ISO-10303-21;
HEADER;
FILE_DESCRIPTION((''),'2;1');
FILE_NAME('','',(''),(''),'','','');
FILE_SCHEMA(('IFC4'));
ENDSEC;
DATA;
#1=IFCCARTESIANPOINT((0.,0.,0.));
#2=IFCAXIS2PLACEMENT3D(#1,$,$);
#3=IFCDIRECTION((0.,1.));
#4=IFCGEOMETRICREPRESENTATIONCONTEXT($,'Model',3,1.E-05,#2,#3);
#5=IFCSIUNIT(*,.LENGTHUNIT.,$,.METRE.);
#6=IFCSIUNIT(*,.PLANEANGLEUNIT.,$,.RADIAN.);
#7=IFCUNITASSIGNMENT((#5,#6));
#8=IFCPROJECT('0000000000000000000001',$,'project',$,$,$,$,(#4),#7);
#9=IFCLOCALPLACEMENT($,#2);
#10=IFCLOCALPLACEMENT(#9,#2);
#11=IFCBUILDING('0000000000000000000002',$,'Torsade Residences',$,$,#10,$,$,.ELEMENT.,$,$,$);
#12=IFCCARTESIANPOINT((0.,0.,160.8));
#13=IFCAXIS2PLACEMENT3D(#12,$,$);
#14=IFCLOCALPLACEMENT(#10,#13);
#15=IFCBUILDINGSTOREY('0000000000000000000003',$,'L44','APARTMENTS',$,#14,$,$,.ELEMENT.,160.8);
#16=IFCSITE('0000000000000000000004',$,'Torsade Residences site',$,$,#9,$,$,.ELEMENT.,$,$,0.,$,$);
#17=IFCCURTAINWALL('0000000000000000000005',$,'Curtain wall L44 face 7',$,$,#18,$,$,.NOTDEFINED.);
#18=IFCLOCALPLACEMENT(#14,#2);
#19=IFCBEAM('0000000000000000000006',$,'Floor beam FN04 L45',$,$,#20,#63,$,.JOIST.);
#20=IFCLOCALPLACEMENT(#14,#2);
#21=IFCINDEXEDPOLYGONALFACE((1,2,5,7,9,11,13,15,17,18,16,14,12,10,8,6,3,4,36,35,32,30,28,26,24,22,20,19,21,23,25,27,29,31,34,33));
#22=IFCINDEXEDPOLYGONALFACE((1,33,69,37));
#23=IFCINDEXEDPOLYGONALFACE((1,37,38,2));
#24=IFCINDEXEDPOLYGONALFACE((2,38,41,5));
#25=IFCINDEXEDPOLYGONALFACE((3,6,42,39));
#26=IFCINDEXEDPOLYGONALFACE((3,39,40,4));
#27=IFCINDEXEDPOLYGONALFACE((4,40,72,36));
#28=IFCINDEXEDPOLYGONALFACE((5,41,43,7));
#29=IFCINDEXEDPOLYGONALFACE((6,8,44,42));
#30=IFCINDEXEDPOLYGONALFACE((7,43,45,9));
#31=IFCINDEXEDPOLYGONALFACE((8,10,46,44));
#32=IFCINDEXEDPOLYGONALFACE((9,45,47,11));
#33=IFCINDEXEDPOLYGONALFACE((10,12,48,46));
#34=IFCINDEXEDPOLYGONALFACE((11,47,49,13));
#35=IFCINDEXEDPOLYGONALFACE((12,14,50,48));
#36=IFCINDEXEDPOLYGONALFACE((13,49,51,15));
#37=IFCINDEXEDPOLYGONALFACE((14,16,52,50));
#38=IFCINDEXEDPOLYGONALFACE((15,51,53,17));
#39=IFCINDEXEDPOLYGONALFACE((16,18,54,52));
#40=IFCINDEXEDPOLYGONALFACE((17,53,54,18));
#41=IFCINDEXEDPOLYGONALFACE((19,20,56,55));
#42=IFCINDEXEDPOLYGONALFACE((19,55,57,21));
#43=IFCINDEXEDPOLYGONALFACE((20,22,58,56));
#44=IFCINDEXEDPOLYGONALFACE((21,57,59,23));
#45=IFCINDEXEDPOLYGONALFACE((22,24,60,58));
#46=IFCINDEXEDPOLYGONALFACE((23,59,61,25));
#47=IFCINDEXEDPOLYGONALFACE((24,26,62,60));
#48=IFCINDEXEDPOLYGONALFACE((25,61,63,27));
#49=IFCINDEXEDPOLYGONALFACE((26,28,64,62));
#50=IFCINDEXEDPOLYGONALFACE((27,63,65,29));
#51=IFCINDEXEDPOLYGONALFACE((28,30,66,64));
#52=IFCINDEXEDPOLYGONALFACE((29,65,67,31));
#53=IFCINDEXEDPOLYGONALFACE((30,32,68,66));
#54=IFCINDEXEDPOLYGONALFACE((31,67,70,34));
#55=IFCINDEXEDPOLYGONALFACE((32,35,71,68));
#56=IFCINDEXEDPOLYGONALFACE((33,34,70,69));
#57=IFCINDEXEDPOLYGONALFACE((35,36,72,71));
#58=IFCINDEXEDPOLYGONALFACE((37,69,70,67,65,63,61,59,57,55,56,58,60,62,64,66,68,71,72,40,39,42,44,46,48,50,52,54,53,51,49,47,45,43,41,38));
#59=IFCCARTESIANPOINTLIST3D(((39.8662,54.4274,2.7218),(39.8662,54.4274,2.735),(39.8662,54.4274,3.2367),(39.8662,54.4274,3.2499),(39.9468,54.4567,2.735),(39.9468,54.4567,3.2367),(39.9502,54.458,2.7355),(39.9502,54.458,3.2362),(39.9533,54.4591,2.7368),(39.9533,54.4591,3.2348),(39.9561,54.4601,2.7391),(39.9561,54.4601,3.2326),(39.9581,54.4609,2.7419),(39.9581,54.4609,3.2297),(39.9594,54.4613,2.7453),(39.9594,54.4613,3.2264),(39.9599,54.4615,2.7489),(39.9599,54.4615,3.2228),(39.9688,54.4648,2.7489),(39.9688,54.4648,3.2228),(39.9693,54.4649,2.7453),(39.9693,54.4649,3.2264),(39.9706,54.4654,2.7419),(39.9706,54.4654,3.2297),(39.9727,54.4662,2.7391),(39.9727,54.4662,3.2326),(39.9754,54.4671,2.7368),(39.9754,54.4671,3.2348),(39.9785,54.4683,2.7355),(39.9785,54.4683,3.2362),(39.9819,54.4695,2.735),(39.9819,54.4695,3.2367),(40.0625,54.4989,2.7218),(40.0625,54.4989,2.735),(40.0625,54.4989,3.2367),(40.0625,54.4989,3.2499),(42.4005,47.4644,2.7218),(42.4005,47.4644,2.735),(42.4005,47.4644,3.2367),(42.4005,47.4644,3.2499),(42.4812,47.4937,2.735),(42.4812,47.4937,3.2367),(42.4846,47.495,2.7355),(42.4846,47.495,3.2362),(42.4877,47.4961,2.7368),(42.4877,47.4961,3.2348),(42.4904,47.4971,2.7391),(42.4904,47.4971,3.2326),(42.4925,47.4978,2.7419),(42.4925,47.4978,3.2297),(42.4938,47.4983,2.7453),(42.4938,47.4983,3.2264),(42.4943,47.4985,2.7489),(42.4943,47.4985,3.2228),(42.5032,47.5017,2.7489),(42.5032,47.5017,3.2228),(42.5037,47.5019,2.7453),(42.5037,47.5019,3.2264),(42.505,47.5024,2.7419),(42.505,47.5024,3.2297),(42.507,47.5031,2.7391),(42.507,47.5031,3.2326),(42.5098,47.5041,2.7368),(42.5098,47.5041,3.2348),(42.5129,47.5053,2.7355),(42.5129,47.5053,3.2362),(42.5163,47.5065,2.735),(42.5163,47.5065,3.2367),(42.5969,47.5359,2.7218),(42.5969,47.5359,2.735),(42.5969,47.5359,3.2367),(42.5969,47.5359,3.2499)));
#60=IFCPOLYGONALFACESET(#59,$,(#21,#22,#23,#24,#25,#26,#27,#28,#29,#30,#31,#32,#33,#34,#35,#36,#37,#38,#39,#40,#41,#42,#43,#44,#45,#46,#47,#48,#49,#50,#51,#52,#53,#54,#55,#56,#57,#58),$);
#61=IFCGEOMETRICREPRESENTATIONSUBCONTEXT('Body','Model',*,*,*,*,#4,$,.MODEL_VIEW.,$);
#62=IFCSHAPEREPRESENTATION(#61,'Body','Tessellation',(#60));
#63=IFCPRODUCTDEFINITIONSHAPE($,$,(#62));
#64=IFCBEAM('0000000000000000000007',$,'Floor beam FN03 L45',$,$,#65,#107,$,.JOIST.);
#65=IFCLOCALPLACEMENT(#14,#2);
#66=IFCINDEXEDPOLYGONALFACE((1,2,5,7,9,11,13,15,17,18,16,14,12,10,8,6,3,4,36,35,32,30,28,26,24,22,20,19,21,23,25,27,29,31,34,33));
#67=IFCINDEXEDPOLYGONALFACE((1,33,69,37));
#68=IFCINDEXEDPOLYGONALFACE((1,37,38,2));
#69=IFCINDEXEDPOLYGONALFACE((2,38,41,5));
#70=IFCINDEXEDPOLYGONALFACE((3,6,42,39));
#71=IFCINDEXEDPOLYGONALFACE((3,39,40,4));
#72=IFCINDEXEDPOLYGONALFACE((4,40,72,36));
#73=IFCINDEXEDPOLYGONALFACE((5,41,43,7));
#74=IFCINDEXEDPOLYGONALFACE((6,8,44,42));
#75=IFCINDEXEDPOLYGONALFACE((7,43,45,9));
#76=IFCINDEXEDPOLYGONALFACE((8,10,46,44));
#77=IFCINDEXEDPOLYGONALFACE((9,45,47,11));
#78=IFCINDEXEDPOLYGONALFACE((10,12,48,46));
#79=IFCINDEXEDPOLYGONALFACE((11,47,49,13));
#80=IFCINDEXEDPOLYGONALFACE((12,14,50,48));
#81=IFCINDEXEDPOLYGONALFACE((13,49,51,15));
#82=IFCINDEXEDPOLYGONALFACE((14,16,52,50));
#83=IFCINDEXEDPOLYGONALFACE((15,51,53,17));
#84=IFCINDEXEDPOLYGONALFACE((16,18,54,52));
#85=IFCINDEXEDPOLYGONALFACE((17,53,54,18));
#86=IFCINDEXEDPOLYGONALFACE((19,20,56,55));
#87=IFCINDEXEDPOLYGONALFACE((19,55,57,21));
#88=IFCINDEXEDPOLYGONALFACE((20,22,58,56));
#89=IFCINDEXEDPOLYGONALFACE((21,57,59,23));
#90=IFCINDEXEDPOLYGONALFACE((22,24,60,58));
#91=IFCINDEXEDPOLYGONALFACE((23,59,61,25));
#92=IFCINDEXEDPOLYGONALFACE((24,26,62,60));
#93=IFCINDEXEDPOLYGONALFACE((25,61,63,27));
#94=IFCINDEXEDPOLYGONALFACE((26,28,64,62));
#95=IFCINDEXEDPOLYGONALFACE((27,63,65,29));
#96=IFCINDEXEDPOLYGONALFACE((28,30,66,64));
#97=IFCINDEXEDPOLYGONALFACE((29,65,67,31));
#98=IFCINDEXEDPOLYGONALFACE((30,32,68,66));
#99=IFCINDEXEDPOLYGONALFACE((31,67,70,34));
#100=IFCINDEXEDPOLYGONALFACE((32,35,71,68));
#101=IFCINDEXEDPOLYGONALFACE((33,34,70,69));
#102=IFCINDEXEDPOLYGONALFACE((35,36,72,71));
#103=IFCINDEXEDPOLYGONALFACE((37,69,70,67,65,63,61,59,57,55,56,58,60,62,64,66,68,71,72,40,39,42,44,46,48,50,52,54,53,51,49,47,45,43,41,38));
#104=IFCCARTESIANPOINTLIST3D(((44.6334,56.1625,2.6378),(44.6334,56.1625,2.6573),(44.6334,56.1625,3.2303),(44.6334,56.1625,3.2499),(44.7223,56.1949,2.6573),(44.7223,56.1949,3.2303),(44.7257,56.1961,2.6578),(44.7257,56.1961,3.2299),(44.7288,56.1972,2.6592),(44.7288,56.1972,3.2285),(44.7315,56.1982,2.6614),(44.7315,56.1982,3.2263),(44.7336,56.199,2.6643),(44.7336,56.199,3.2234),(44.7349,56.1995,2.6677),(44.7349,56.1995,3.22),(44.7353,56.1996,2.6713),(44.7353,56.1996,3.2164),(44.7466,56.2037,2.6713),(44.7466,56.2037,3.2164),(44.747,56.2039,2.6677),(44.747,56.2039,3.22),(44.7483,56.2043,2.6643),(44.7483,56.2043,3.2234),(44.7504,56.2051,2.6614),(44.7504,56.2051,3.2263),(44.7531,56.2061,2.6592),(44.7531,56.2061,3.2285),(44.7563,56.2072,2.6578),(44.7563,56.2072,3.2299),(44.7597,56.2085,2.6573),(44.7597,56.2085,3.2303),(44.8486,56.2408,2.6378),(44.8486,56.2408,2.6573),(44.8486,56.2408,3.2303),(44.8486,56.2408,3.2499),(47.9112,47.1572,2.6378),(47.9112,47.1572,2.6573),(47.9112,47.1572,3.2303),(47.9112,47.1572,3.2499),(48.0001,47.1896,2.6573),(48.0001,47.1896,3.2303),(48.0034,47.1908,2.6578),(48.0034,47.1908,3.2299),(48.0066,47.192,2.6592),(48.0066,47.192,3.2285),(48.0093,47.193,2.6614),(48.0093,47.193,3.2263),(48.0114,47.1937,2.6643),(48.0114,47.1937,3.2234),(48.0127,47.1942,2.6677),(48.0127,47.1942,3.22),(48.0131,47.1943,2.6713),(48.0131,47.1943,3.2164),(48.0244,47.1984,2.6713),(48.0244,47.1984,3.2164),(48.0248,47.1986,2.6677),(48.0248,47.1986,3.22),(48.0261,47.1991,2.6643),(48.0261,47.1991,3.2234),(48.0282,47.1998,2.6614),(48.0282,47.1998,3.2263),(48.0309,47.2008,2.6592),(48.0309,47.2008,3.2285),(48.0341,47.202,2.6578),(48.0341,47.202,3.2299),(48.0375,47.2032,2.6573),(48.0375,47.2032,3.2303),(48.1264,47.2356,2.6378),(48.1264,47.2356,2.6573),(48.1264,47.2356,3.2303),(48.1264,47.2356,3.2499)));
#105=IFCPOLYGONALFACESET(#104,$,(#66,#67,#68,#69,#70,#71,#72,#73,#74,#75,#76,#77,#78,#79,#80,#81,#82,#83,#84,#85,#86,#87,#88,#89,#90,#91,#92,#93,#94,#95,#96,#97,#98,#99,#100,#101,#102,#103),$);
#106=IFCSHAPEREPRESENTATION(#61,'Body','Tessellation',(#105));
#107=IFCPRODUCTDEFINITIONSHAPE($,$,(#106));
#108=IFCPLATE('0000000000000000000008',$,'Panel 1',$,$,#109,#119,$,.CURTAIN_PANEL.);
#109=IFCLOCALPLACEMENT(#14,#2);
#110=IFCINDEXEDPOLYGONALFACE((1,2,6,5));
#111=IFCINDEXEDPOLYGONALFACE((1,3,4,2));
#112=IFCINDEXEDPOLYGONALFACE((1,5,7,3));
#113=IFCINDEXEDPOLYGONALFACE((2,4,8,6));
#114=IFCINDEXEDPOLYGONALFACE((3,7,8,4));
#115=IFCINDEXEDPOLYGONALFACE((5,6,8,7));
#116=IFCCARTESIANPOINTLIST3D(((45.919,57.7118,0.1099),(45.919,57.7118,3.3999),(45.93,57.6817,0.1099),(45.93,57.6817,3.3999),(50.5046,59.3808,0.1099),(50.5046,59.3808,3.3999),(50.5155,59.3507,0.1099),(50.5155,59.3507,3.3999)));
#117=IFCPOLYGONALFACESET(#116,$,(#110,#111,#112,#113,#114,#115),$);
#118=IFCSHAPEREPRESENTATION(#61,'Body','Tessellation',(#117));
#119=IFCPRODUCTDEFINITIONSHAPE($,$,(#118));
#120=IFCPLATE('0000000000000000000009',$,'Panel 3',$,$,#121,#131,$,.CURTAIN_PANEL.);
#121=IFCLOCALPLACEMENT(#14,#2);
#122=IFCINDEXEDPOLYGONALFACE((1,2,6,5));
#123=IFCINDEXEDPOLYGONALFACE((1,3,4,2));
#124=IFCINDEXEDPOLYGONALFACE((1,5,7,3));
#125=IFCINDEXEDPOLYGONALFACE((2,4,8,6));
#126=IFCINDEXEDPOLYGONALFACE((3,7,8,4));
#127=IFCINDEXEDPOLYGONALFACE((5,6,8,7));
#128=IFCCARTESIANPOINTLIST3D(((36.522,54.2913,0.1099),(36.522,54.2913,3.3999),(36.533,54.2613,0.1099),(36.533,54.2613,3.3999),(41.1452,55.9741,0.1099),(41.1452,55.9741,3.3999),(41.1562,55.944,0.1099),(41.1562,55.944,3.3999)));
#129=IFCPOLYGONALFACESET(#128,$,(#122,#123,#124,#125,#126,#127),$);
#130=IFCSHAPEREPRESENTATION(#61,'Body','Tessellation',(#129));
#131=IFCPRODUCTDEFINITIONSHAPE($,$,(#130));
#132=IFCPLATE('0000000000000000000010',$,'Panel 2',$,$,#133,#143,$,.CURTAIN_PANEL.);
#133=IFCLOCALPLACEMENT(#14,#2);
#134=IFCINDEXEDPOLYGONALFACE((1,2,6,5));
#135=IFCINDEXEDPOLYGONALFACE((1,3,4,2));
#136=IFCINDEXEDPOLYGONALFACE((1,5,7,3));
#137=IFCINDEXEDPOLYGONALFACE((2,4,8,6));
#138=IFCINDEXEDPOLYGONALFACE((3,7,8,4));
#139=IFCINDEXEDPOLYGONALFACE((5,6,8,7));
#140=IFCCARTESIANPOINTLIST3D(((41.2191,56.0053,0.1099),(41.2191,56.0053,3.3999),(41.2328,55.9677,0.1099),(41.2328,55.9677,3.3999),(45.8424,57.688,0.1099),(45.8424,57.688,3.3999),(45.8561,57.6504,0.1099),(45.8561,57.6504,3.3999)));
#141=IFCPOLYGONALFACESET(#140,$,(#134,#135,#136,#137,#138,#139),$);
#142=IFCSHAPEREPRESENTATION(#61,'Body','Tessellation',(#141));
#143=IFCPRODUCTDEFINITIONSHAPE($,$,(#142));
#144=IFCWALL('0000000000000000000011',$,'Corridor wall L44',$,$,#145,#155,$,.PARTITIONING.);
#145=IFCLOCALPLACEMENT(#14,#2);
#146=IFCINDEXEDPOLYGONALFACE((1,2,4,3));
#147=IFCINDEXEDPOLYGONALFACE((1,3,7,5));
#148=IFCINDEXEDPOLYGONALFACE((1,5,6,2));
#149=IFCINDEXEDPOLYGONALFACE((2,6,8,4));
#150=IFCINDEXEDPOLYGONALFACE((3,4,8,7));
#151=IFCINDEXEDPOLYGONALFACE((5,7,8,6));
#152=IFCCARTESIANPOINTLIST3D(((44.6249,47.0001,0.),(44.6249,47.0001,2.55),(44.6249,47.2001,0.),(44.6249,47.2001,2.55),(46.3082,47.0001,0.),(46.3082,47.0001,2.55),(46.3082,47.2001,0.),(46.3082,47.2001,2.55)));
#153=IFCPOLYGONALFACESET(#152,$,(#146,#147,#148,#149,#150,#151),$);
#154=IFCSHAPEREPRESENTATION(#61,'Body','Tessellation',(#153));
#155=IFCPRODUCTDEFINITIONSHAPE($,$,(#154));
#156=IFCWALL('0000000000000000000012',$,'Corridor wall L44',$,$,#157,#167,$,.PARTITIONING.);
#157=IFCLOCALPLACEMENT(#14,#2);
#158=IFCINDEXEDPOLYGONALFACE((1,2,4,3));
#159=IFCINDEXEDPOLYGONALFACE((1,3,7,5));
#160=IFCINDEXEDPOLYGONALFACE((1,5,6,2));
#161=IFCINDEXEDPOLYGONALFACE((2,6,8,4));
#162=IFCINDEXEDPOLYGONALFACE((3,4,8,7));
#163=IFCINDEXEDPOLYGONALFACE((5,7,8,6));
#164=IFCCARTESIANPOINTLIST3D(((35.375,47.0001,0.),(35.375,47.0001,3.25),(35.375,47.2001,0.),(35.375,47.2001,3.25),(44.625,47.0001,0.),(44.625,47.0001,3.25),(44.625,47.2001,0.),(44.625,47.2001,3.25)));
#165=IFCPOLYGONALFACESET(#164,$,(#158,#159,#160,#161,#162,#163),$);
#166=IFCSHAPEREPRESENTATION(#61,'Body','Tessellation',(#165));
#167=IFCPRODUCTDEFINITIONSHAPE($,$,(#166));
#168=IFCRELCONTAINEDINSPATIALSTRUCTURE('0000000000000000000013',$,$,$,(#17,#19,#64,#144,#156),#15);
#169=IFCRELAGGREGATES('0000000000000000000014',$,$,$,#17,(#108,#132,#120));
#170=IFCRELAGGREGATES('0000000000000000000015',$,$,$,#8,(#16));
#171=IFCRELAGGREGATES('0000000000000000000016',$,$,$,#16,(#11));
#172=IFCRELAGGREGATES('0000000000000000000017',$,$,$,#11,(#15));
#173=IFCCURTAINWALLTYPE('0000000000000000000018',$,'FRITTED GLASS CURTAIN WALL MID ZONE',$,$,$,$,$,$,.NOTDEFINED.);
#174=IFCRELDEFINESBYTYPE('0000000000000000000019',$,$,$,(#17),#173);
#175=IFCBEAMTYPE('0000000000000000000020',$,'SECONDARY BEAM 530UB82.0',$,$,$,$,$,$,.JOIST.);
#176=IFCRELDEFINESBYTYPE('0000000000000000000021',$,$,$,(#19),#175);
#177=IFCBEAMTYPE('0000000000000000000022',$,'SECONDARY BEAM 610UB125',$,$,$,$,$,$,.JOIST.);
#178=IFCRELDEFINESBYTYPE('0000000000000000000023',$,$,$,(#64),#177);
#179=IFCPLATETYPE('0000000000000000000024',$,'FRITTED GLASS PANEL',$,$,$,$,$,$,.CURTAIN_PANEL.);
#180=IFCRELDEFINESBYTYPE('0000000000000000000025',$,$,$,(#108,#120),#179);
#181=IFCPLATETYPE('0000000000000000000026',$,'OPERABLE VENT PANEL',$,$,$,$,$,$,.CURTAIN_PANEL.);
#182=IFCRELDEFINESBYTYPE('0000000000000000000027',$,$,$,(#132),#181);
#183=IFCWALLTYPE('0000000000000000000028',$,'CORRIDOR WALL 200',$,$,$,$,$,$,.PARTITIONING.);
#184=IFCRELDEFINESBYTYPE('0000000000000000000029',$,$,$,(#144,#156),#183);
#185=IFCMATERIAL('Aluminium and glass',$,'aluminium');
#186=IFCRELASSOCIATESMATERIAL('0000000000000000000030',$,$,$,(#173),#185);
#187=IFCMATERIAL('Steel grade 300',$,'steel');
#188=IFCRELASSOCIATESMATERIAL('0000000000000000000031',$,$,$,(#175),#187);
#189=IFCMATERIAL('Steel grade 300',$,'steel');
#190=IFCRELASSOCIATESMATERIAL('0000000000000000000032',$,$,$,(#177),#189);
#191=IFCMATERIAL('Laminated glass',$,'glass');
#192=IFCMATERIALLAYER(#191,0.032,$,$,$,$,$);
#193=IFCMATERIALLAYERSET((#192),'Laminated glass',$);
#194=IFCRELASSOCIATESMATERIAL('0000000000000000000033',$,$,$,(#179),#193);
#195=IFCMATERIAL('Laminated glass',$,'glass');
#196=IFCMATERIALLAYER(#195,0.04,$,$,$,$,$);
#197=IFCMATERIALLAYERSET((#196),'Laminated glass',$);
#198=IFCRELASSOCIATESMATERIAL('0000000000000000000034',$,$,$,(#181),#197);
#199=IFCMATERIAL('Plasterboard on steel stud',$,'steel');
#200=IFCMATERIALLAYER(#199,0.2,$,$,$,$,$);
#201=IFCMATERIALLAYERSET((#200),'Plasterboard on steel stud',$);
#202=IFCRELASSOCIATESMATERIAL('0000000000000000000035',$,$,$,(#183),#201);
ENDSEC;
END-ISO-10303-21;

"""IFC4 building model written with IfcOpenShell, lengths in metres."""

from ifc_helpers import new_model, si_unit, direction, frame, frame_2d, origin, origin_2d, place, context, subcontext, project, spatial, rectangle, i_section, extrude, material, layer, layer_set, material_profile, profile_set, type_object, element, aggregate, save


model = new_model("IFC4")

# Units and contexts
model_context = context("Model", 3, precision=1e-05, world=origin(), true_north=direction((0.0, 1.0)))
body_context = subcontext(model_context, "Body", "Model", "MODEL_VIEW")
ifc_project = project(units=[si_unit("LENGTHUNIT", "METRE"), si_unit("PLANEANGLEUNIT", "RADIAN")], contexts=[model_context])

# Site, building, storey
site_placement = place(None, origin())
site = spatial("IfcSite", under=ifc_project, at=site_placement, Name="Torsade Residences site", CompositionType="ELEMENT", RefElevation=0.0)
building_placement = place(site_placement, origin())
building = spatial("IfcBuilding", under=site, at=building_placement, Name="Torsade Residences", CompositionType="ELEMENT")
storey_placement = place(building_placement, frame((0.0, 0.0, 160.8)))
storey = spatial("IfcBuildingStorey", under=building, at=storey_placement, Name="L44", Description="APARTMENTS", CompositionType="ELEMENT", Elevation=160.8)

# Curtain wall
ifc_material_1 = material(Name="Aluminium and glass", Category="aluminium")
curtain_wall_type = type_object("IfcCurtainWallType", Name="FRITTED GLASS CURTAIN WALL MID ZONE", PredefinedType="NOTDEFINED", material=ifc_material_1)
curtain_wall_placement = place(storey_placement, origin())
curtain_wall = element("IfcCurtainWall", 1, at=curtain_wall_placement, inside=storey, type_object=curtain_wall_type, Name="Curtain wall L44 face 7", PredefinedType="NOTDEFINED")

# Beams
ifc_material_2 = material(Name="Steel grade 300", Category="steel")
ifc_material_profile_1 = material_profile(ifc_material_2, i_section(OverallWidth=0.209, OverallDepth=0.5281, WebThickness=0.0095, FlangeThickness=0.0132, FilletRadius=0.0139, at=origin_2d()), Name="530UB82.0")
ifc_profile_set_1 = profile_set([ifc_material_profile_1], Name="Steel grade 300")
beam_type_1 = type_object("IfcBeamType", Name="SECONDARY BEAM 530UB82.0", PredefinedType="JOIST", material=ifc_profile_set_1)
beam_1_placement = place(storey_placement, frame((39.9644, 54.4631, 2.9858), z_axis=(0.342026, -0.93969, 0.0), x_axis=(0.93969, 0.342026, 0.0)))
element("IfcBeam", 2, at=beam_1_placement, inside=storey, type_object=beam_type_1, Name="Floor beam FN04 L45", PredefinedType="JOIST", context=body_context, shape_type="SweptSolid", body=[
    extrude(i_section(OverallWidth=0.209, OverallDepth=0.5281, WebThickness=0.0095, FlangeThickness=0.0132, FilletRadius=0.0139, at=origin_2d()), origin(), (0.0, 0.0, 1.0), 7.4099),
])
ifc_material_3 = material(Name="Steel grade 300", Category="steel")
ifc_material_profile_2 = material_profile(ifc_material_3, i_section(OverallWidth=0.229, OverallDepth=0.6121, WebThickness=0.012, FlangeThickness=0.0195, FilletRadius=0.0139, at=origin_2d()), Name="610UB125")
ifc_profile_set_2 = profile_set([ifc_material_profile_2], Name="Steel grade 300")
beam_type_2 = type_object("IfcBeamType", Name="SECONDARY BEAM 610UB125", PredefinedType="JOIST", material=ifc_profile_set_2)
beam_2_placement = place(storey_placement, frame((44.741, 56.2017, 2.9438), z_axis=(0.342034, -0.939688, 0.0), x_axis=(0.939688, 0.342034, 0.0)))
element("IfcBeam", 3, at=beam_2_placement, inside=storey, type_object=beam_type_2, Name="Floor beam FN03 L45", PredefinedType="JOIST", context=body_context, shape_type="SweptSolid", body=[
    extrude(i_section(OverallWidth=0.229, OverallDepth=0.6121, WebThickness=0.012, FlangeThickness=0.0195, FilletRadius=0.0139, at=origin_2d()), origin(), (0.0, 0.0, 1.0), 9.5833),
])

# Plates
ifc_material_4 = material(Name="Laminated glass", Category="glass")
ifc_layer_1 = layer(ifc_material_4, 0.032)
ifc_layer_set_1 = layer_set([ifc_layer_1], Name="Laminated glass")
plate_type_1 = type_object("IfcPlateType", Name="FRITTED GLASS PANEL", PredefinedType="CURTAIN_PANEL", material=ifc_layer_set_1)
plate_1_placement = place(storey_placement, frame((48.2173, 58.5312, 0.1099), z_axis=(0.0, 0.0, 1.0), x_axis=(-0.939693, -0.34202, 0.0)))
plate_1 = element("IfcPlate", 4, at=plate_1_placement, type_object=plate_type_1, Name="Panel 1", PredefinedType="CURTAIN_PANEL", context=body_context, shape_type="SweptSolid", body=[
    extrude(rectangle(XDim=4.8799, YDim=0.032, at=origin_2d()), origin(), (0.0, 0.0, 1.0), 3.29),
])
plate_2_placement = place(storey_placement, frame((38.8391, 55.1177, 0.1099), z_axis=(0.0, 0.0, 1.0), x_axis=(-0.939693, -0.34202, 0.0)))
plate_2 = element("IfcPlate", 5, at=plate_2_placement, type_object=plate_type_1, Name="Panel 3", PredefinedType="CURTAIN_PANEL", context=body_context, shape_type="SweptSolid", body=[
    extrude(rectangle(XDim=4.9199, YDim=0.032, at=origin_2d()), origin(), (0.0, 0.0, 1.0), 3.29),
])
ifc_material_5 = material(Name="Laminated glass", Category="glass")
ifc_layer_2 = layer(ifc_material_5, 0.04)
ifc_layer_set_2 = layer_set([ifc_layer_2], Name="Laminated glass")
plate_type_2 = type_object("IfcPlateType", Name="OPERABLE VENT PANEL", PredefinedType="CURTAIN_PANEL", material=ifc_layer_set_2)
plate_3_placement = place(storey_placement, frame((43.5376, 56.8279, 0.1099), z_axis=(0.0, 0.0, 1.0), x_axis=(-0.939693, -0.34202, 0.0)))
plate_3 = element("IfcPlate", 6, at=plate_3_placement, type_object=plate_type_2, Name="Panel 2", PredefinedType="CURTAIN_PANEL", context=body_context, shape_type="SweptSolid", body=[
    extrude(rectangle(XDim=4.9199, YDim=0.04, at=origin_2d()), origin(), (0.0, 0.0, 1.0), 3.29),
])
aggregate(curtain_wall, [plate_1, plate_3, plate_2])

# Walls
ifc_material_6 = material(Name="Plasterboard on steel stud", Category="steel")
ifc_layer_3 = layer(ifc_material_6, 0.2)
ifc_layer_set_3 = layer_set([ifc_layer_3], Name="Plasterboard on steel stud")
wall_type_1 = type_object("IfcWallType", Name="CORRIDOR WALL 200", PredefinedType="PARTITIONING", material=ifc_layer_set_3)
wall_1_placement = place(storey_placement, frame((46.3083, 47.1001, 0.0), z_axis=(0.0, 0.0, 1.0), x_axis=(-1.0, 0.0, 0.0)))
element("IfcWall", 7, at=wall_1_placement, inside=storey, type_object=wall_type_1, Name="Corridor wall L44", PredefinedType="PARTITIONING", context=body_context, shape_type="SweptSolid", body=[
    extrude(rectangle(XDim=1.6833, YDim=0.2, at=frame_2d((0.8418, 0.0))), origin(), (0.0, 0.0, 1.0), 2.55),
])
wall_2_placement = place(storey_placement, frame((44.625, 47.1001, 0.0), z_axis=(0.0, 0.0, 1.0), x_axis=(-1.0, 0.0, 0.0)))
element("IfcWall", 8, at=wall_2_placement, inside=storey, type_object=wall_type_1, Name="Corridor wall L44", PredefinedType="PARTITIONING", context=body_context, shape_type="SweptSolid", body=[
    extrude(rectangle(XDim=9.25, YDim=0.2, at=frame_2d((4.625, 0.0))), origin(), (0.0, 0.0, 1.0), 3.25),
])

save(model, "model.ifc")
